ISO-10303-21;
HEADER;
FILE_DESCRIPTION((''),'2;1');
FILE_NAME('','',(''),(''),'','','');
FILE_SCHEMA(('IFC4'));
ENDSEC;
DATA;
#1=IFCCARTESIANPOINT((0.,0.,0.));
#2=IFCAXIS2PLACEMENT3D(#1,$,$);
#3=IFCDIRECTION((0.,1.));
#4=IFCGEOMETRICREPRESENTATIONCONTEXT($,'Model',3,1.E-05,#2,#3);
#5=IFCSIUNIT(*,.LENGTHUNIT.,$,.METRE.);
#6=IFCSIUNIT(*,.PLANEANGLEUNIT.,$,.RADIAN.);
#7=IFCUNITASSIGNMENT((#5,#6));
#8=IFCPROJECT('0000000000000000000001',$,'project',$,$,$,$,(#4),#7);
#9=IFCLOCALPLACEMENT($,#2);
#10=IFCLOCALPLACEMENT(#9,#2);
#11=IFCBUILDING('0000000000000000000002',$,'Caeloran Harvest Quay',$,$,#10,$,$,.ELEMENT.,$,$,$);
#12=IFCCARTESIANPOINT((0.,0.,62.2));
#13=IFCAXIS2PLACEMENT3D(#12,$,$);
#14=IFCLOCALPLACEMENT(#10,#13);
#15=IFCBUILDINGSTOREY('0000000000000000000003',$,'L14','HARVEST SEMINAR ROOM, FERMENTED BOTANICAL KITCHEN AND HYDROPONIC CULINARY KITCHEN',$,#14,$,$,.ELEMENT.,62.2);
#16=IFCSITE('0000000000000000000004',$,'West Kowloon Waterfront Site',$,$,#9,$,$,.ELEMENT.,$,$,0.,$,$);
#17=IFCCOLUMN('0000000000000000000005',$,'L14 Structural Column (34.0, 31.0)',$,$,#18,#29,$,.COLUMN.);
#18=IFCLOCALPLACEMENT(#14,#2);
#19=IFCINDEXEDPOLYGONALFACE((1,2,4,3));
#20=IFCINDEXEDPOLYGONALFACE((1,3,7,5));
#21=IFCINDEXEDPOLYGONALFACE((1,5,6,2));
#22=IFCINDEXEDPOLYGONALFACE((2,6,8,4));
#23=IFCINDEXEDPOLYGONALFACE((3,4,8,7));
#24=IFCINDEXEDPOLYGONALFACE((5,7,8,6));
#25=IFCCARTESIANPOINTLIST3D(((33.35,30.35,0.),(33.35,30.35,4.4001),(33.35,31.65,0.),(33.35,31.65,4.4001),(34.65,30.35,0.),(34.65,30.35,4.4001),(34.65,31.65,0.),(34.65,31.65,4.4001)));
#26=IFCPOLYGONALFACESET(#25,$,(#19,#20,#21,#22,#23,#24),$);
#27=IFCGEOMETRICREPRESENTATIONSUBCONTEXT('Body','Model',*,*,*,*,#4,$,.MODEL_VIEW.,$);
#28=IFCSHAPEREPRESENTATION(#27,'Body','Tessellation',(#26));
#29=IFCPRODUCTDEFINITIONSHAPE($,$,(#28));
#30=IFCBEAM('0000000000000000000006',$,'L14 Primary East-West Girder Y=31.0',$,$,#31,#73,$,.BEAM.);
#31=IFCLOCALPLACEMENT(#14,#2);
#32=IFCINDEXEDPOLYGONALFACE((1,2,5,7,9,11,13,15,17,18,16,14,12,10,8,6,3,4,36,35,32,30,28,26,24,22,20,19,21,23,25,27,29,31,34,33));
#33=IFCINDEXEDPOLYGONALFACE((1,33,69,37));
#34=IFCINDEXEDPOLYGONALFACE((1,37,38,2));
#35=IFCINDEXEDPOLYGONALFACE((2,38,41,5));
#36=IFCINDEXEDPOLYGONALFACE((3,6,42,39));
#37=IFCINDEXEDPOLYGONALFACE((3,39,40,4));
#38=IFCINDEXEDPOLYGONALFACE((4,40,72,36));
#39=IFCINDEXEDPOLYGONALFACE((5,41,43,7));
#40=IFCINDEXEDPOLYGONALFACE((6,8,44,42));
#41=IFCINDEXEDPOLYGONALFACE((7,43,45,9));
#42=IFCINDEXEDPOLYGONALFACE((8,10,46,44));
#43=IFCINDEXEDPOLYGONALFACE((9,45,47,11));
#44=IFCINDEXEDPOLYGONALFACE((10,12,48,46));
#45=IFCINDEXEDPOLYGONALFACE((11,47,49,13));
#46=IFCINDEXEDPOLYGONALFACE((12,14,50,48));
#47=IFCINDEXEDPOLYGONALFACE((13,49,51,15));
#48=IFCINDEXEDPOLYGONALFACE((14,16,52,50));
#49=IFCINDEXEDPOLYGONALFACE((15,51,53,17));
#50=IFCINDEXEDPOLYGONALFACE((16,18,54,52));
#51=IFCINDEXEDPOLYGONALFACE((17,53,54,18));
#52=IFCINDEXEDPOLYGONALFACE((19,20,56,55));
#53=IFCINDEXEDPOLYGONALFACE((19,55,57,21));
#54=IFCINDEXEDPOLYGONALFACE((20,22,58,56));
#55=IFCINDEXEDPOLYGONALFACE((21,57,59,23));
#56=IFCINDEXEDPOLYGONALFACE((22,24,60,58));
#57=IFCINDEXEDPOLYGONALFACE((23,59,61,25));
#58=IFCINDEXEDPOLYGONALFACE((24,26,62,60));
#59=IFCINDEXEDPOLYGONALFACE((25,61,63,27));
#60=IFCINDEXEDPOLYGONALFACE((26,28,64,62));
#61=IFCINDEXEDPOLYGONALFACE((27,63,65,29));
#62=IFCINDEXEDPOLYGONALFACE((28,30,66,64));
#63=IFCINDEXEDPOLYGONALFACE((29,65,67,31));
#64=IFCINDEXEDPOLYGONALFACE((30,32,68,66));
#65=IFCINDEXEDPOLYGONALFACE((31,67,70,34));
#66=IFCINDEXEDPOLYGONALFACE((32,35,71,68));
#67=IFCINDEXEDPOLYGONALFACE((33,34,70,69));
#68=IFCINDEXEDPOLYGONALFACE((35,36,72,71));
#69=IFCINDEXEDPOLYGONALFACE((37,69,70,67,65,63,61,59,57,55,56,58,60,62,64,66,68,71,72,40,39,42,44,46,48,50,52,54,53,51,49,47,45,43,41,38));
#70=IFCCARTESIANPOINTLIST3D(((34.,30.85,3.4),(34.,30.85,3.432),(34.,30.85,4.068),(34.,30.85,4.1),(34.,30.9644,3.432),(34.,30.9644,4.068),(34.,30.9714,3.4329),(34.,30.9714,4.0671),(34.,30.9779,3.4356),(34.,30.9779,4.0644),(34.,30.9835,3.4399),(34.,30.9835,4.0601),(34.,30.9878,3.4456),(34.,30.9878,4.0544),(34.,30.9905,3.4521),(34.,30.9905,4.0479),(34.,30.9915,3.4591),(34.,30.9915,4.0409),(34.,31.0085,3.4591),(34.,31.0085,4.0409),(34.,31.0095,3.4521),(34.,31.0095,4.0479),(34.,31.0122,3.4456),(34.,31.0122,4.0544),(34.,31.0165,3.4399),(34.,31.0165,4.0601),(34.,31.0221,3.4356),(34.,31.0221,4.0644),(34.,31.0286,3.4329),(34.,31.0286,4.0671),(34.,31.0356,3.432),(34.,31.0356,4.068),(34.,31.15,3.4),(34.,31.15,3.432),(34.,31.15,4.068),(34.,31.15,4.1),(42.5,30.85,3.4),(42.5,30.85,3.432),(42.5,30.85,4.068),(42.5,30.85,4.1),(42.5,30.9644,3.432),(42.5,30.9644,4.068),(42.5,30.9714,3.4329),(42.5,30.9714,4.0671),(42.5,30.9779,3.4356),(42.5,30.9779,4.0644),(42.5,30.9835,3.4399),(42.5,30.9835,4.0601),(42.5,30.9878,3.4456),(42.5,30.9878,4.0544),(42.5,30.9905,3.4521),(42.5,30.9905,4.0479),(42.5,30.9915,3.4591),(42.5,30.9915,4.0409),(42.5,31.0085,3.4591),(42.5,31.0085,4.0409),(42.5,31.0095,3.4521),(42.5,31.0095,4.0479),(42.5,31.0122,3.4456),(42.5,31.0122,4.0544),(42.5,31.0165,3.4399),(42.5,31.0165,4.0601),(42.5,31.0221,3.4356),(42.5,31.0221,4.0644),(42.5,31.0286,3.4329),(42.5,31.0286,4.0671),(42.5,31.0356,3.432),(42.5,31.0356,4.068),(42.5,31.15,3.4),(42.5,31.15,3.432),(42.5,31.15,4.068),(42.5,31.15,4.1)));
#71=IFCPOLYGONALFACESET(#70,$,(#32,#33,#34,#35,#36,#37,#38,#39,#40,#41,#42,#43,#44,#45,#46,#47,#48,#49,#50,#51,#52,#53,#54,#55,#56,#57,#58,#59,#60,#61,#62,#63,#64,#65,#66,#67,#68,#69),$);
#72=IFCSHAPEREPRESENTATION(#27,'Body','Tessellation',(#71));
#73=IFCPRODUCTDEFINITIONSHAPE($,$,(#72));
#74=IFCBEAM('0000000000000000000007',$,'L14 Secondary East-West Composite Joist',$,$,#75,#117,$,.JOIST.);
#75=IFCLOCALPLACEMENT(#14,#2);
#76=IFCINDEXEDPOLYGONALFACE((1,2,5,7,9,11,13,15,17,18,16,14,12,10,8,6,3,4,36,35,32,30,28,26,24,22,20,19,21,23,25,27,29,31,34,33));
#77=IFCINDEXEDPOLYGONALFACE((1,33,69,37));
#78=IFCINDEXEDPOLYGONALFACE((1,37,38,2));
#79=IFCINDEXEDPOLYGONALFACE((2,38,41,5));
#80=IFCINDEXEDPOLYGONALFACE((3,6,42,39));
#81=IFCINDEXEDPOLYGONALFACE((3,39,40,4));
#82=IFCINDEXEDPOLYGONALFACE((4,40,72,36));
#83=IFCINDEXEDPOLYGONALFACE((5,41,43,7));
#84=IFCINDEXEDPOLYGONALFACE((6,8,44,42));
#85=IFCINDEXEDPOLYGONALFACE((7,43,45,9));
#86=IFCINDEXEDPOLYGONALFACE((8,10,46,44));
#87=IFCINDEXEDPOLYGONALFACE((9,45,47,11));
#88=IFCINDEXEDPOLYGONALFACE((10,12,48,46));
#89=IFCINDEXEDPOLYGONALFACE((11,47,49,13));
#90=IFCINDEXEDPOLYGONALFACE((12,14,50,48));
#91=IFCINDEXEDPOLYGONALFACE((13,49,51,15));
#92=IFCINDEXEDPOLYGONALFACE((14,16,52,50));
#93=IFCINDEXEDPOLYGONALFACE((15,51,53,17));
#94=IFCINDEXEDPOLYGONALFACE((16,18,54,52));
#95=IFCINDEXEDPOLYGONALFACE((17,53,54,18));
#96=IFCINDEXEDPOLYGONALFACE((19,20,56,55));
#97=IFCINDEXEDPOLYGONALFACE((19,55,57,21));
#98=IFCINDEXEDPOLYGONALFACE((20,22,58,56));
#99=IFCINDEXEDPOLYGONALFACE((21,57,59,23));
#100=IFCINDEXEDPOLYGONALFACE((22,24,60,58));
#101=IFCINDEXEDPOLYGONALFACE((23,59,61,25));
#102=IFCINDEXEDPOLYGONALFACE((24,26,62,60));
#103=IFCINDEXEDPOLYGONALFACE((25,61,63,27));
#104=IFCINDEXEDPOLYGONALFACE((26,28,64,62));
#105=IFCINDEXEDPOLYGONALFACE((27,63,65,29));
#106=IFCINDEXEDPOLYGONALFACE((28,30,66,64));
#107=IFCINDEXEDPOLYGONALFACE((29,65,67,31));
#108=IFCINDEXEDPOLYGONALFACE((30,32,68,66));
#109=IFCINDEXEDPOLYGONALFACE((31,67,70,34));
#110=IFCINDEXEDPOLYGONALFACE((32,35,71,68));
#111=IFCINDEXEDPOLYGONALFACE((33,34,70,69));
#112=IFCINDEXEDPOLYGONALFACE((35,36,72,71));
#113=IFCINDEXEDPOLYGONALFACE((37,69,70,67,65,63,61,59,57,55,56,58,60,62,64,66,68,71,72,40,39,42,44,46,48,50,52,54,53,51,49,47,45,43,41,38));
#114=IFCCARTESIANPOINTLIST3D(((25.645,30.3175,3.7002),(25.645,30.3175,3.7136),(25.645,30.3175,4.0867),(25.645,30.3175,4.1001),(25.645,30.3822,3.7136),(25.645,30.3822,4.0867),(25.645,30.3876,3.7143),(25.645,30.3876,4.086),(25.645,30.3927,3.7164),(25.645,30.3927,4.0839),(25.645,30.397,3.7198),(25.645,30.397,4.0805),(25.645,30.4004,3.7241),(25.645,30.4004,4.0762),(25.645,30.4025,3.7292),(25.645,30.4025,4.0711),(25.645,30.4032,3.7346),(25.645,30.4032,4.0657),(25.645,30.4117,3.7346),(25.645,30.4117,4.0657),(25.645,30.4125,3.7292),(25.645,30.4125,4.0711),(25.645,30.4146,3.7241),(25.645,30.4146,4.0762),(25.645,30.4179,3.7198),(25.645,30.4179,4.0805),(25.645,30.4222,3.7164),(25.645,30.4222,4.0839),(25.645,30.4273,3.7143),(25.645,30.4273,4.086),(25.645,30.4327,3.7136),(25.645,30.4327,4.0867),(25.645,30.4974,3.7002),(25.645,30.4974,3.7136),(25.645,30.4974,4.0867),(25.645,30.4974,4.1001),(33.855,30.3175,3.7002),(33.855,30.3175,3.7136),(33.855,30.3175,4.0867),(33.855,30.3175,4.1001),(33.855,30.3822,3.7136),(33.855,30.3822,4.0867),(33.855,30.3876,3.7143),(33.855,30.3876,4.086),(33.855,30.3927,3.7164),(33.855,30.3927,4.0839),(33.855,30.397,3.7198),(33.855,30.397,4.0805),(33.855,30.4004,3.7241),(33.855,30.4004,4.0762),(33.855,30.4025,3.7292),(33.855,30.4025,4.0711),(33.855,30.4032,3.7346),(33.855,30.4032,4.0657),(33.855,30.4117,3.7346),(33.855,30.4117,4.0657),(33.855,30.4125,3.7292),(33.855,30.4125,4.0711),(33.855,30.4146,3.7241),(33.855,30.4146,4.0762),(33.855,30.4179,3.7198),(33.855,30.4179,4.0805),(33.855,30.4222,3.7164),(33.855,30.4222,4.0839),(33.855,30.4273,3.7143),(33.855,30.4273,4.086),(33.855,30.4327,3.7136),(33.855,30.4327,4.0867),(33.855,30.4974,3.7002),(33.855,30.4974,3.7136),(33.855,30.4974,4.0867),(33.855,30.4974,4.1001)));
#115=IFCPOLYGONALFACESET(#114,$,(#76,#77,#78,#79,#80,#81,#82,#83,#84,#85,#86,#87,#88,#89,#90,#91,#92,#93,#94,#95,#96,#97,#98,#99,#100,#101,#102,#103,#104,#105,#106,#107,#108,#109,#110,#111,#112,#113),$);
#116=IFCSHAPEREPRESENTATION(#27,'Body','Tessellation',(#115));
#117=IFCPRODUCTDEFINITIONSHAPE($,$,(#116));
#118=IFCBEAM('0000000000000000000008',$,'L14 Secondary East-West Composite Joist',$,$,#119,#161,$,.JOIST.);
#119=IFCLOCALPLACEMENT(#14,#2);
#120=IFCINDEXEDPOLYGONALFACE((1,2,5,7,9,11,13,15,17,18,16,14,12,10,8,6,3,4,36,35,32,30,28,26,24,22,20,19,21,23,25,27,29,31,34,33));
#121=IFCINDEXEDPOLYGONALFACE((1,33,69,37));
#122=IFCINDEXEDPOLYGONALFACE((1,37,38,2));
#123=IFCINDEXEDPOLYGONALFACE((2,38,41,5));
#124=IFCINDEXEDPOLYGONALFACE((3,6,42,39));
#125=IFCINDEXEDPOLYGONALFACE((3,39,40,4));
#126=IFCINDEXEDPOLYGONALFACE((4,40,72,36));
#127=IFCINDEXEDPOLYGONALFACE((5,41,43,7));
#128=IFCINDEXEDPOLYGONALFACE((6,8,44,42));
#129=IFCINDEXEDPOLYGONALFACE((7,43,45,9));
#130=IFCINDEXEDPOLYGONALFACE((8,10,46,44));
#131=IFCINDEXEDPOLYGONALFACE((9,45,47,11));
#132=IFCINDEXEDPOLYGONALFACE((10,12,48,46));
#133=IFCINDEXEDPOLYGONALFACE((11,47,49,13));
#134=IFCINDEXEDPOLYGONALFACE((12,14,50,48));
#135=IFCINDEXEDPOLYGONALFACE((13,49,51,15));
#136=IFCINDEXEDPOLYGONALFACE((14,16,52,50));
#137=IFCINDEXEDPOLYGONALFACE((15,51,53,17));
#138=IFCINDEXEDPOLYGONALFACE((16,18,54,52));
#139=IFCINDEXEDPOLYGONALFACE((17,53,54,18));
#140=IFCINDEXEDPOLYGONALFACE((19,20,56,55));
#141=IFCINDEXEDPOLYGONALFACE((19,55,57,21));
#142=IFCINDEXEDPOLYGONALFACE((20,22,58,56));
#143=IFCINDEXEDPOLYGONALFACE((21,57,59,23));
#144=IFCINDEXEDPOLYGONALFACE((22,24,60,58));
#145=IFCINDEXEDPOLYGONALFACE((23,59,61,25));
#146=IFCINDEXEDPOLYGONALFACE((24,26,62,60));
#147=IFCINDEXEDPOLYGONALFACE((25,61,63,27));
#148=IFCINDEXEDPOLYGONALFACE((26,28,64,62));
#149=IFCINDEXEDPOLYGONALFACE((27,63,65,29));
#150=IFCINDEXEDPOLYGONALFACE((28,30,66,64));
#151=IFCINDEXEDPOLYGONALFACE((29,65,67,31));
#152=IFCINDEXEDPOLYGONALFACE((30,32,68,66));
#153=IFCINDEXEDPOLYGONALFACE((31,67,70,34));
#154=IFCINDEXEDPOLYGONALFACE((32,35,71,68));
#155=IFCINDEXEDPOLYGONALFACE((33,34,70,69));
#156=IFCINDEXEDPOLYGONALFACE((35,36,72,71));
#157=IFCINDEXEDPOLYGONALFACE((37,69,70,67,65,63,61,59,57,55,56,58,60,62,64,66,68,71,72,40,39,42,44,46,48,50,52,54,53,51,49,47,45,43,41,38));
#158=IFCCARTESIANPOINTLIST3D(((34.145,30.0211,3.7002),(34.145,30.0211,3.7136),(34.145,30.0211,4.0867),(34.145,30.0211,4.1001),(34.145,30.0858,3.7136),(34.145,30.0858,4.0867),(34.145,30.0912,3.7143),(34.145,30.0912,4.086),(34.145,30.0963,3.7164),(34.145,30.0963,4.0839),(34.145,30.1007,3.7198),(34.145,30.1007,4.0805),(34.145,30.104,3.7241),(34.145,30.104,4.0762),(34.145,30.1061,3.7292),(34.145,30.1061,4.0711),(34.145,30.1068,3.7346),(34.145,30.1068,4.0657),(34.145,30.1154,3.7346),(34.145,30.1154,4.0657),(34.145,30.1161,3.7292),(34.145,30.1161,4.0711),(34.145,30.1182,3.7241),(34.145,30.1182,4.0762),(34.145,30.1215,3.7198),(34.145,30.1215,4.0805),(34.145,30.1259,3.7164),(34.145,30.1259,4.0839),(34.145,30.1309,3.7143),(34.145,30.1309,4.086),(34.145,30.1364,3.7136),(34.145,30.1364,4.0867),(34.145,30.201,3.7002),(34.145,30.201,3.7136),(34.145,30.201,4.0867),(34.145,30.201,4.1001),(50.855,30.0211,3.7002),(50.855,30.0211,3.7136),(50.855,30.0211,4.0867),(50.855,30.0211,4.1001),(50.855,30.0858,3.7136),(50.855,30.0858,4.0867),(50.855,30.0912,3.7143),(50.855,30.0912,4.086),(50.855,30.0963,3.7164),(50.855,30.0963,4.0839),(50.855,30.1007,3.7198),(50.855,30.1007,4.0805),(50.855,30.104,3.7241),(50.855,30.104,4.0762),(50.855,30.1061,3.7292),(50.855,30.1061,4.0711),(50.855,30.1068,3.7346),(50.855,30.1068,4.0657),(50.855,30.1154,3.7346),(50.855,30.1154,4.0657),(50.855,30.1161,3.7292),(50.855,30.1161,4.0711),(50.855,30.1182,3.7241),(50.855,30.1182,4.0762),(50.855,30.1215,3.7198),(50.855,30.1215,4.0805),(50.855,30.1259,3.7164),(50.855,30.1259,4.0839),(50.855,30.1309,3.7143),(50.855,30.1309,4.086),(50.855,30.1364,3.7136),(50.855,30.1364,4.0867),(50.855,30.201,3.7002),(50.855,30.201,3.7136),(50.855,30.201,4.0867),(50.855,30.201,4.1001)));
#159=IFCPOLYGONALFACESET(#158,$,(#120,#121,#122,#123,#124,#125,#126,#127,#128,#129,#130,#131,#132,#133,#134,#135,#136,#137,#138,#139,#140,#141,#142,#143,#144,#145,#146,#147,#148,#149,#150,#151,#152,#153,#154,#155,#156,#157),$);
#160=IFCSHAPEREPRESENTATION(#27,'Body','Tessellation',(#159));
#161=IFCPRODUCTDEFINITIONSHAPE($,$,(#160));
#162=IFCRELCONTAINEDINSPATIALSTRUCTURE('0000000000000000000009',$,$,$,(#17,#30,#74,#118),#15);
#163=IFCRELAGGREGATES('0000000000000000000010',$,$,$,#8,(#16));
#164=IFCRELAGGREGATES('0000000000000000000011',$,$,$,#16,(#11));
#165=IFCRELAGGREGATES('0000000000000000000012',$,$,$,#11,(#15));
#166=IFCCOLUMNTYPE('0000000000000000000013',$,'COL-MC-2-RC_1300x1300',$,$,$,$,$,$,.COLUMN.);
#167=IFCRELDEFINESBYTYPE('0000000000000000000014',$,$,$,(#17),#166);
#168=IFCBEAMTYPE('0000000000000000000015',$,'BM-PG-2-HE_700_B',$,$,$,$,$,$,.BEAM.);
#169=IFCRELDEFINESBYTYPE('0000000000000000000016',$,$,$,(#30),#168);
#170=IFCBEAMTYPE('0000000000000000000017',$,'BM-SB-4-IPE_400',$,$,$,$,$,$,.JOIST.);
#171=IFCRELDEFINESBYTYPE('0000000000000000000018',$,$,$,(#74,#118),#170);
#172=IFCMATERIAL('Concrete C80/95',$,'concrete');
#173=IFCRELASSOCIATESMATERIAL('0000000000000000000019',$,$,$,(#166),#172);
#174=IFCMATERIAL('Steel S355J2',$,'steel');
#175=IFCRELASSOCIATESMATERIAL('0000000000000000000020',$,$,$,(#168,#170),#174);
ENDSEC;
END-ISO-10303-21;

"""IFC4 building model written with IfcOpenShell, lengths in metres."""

from ifc_helpers import new_model, si_unit, direction, frame, origin, origin_2d, place, context, subcontext, project, spatial, rectangle, i_section, extrude, material, material_profile, profile_set, type_object, element, save


model = new_model("IFC4")

# Units and contexts
model_context = context("Model", 3, precision=1e-05, world=origin(), true_north=direction((0.0, 1.0)))
body_context = subcontext(model_context, "Body", "Model", "MODEL_VIEW")
ifc_project = project(units=[si_unit("LENGTHUNIT", "METRE"), si_unit("PLANEANGLEUNIT", "RADIAN")], contexts=[model_context])

# Site, building, storey
site_placement = place(None, origin())
site = spatial("IfcSite", under=ifc_project, at=site_placement, Name="West Kowloon Waterfront Site", CompositionType="ELEMENT", RefElevation=0.0)
building_placement = place(site_placement, origin())
building = spatial("IfcBuilding", under=site, at=building_placement, Name="Caeloran Harvest Quay", CompositionType="ELEMENT")
storey_placement = place(building_placement, frame((0.0, 0.0, 62.2)))
storey = spatial("IfcBuildingStorey", under=building, at=storey_placement, Name="L14", Description="HARVEST SEMINAR ROOM, FERMENTED BOTANICAL KITCHEN AND HYDROPONIC CULINARY KITCHEN", CompositionType="ELEMENT", Elevation=62.2)

# Column
ifc_material_1 = material(Name="Concrete C80/95", Category="concrete")
ifc_material_profile_1 = material_profile(ifc_material_1, rectangle(XDim=1.3, YDim=1.3, at=origin_2d()), Name="RC 1300x1300")
ifc_profile_set_1 = profile_set([ifc_material_profile_1], Name="Concrete C80/95")
column_type = type_object("IfcColumnType", Name="COL-MC-2-RC_1300x1300", PredefinedType="COLUMN", material=ifc_profile_set_1)
column_placement = place(storey_placement, frame((34.0, 31.0, 0.0), z_axis=(0.0, 0.0, 1.0), x_axis=(1.0, 0.0, 0.0)))
element("IfcColumn", 1, at=column_placement, inside=storey, type_object=column_type, Name="L14 Structural Column (34.0, 31.0)", PredefinedType="COLUMN", context=body_context, shape_type="SweptSolid", body=[
    extrude(rectangle(XDim=1.3, YDim=1.3, at=origin_2d()), origin(), (0.0, 0.0, 1.0), 4.4001),
])

# Beams
ifc_material_2 = material(Name="Steel S355J2", Category="steel")
ifc_material_profile_2 = material_profile(ifc_material_2, i_section(OverallWidth=0.3, OverallDepth=0.7, WebThickness=0.0171, FlangeThickness=0.032, FilletRadius=0.0271, at=origin_2d()), Name="HE 700 B")
ifc_profile_set_2 = profile_set([ifc_material_profile_2], Name="Steel S355J2")
beam_type_1 = type_object("IfcBeamType", Name="BM-PG-2-HE_700_B", PredefinedType="BEAM", material=ifc_profile_set_2)
beam_1_placement = place(storey_placement, frame((34.0, 31.0, 3.75), z_axis=(1.0, 0.0, 0.0), x_axis=(0.0, 1.0, 0.0)))
element("IfcBeam", 2, at=beam_1_placement, inside=storey, type_object=beam_type_1, Name="L14 Primary East-West Girder Y=31.0", PredefinedType="BEAM", context=body_context, shape_type="SweptSolid", body=[
    extrude(i_section(OverallWidth=0.3, OverallDepth=0.7, WebThickness=0.0171, FlangeThickness=0.032, FilletRadius=0.0271, at=origin_2d()), origin(), (0.0, 0.0, 1.0), 8.5),
])
ifc_material_profile_3 = material_profile(ifc_material_2, i_section(OverallWidth=0.1799, OverallDepth=0.3999, WebThickness=0.0085, FlangeThickness=0.0134, FilletRadius=0.021, at=origin_2d()), Name="IPE 400")
ifc_profile_set_3 = profile_set([ifc_material_profile_3], Name="Steel S355J2")
beam_type_2 = type_object("IfcBeamType", Name="BM-SB-4-IPE_400", PredefinedType="JOIST", material=ifc_profile_set_3)
beam_2_placement = place(storey_placement, frame((25.645, 30.4075, 3.9001), z_axis=(1.0, 0.0, 0.0), x_axis=(0.0, 1.0, 0.0)))
element("IfcBeam", 3, at=beam_2_placement, inside=storey, type_object=beam_type_2, Name="L14 Secondary East-West Composite Joist", PredefinedType="JOIST", context=body_context, shape_type="SweptSolid", body=[
    extrude(i_section(OverallWidth=0.1799, OverallDepth=0.3999, WebThickness=0.0085, FlangeThickness=0.0134, FilletRadius=0.021, at=origin_2d()), origin(), (0.0, 0.0, 1.0), 8.21),
])
for number, where, z_axis, x_axis, name in (
    (4, (34.145, 30.1111, 3.9001), (1.0, 0.0, 0.0), (0.0, 1.0, 0.0), "L14 Secondary East-West Composite Joist"),
):
    element("IfcBeam", number, at=place(storey_placement, frame(where, z_axis=z_axis, x_axis=x_axis)), inside=storey, type_object=beam_type_2, Name=name, PredefinedType="JOIST", context=body_context, shape_type="SweptSolid", body=[
        extrude(i_section(OverallWidth=0.1799, OverallDepth=0.3999, WebThickness=0.0085, FlangeThickness=0.0134, FilletRadius=0.021, at=origin_2d()), origin(), (0.0, 0.0, 1.0), 16.71),
    ])

save(model, "model.ifc")
